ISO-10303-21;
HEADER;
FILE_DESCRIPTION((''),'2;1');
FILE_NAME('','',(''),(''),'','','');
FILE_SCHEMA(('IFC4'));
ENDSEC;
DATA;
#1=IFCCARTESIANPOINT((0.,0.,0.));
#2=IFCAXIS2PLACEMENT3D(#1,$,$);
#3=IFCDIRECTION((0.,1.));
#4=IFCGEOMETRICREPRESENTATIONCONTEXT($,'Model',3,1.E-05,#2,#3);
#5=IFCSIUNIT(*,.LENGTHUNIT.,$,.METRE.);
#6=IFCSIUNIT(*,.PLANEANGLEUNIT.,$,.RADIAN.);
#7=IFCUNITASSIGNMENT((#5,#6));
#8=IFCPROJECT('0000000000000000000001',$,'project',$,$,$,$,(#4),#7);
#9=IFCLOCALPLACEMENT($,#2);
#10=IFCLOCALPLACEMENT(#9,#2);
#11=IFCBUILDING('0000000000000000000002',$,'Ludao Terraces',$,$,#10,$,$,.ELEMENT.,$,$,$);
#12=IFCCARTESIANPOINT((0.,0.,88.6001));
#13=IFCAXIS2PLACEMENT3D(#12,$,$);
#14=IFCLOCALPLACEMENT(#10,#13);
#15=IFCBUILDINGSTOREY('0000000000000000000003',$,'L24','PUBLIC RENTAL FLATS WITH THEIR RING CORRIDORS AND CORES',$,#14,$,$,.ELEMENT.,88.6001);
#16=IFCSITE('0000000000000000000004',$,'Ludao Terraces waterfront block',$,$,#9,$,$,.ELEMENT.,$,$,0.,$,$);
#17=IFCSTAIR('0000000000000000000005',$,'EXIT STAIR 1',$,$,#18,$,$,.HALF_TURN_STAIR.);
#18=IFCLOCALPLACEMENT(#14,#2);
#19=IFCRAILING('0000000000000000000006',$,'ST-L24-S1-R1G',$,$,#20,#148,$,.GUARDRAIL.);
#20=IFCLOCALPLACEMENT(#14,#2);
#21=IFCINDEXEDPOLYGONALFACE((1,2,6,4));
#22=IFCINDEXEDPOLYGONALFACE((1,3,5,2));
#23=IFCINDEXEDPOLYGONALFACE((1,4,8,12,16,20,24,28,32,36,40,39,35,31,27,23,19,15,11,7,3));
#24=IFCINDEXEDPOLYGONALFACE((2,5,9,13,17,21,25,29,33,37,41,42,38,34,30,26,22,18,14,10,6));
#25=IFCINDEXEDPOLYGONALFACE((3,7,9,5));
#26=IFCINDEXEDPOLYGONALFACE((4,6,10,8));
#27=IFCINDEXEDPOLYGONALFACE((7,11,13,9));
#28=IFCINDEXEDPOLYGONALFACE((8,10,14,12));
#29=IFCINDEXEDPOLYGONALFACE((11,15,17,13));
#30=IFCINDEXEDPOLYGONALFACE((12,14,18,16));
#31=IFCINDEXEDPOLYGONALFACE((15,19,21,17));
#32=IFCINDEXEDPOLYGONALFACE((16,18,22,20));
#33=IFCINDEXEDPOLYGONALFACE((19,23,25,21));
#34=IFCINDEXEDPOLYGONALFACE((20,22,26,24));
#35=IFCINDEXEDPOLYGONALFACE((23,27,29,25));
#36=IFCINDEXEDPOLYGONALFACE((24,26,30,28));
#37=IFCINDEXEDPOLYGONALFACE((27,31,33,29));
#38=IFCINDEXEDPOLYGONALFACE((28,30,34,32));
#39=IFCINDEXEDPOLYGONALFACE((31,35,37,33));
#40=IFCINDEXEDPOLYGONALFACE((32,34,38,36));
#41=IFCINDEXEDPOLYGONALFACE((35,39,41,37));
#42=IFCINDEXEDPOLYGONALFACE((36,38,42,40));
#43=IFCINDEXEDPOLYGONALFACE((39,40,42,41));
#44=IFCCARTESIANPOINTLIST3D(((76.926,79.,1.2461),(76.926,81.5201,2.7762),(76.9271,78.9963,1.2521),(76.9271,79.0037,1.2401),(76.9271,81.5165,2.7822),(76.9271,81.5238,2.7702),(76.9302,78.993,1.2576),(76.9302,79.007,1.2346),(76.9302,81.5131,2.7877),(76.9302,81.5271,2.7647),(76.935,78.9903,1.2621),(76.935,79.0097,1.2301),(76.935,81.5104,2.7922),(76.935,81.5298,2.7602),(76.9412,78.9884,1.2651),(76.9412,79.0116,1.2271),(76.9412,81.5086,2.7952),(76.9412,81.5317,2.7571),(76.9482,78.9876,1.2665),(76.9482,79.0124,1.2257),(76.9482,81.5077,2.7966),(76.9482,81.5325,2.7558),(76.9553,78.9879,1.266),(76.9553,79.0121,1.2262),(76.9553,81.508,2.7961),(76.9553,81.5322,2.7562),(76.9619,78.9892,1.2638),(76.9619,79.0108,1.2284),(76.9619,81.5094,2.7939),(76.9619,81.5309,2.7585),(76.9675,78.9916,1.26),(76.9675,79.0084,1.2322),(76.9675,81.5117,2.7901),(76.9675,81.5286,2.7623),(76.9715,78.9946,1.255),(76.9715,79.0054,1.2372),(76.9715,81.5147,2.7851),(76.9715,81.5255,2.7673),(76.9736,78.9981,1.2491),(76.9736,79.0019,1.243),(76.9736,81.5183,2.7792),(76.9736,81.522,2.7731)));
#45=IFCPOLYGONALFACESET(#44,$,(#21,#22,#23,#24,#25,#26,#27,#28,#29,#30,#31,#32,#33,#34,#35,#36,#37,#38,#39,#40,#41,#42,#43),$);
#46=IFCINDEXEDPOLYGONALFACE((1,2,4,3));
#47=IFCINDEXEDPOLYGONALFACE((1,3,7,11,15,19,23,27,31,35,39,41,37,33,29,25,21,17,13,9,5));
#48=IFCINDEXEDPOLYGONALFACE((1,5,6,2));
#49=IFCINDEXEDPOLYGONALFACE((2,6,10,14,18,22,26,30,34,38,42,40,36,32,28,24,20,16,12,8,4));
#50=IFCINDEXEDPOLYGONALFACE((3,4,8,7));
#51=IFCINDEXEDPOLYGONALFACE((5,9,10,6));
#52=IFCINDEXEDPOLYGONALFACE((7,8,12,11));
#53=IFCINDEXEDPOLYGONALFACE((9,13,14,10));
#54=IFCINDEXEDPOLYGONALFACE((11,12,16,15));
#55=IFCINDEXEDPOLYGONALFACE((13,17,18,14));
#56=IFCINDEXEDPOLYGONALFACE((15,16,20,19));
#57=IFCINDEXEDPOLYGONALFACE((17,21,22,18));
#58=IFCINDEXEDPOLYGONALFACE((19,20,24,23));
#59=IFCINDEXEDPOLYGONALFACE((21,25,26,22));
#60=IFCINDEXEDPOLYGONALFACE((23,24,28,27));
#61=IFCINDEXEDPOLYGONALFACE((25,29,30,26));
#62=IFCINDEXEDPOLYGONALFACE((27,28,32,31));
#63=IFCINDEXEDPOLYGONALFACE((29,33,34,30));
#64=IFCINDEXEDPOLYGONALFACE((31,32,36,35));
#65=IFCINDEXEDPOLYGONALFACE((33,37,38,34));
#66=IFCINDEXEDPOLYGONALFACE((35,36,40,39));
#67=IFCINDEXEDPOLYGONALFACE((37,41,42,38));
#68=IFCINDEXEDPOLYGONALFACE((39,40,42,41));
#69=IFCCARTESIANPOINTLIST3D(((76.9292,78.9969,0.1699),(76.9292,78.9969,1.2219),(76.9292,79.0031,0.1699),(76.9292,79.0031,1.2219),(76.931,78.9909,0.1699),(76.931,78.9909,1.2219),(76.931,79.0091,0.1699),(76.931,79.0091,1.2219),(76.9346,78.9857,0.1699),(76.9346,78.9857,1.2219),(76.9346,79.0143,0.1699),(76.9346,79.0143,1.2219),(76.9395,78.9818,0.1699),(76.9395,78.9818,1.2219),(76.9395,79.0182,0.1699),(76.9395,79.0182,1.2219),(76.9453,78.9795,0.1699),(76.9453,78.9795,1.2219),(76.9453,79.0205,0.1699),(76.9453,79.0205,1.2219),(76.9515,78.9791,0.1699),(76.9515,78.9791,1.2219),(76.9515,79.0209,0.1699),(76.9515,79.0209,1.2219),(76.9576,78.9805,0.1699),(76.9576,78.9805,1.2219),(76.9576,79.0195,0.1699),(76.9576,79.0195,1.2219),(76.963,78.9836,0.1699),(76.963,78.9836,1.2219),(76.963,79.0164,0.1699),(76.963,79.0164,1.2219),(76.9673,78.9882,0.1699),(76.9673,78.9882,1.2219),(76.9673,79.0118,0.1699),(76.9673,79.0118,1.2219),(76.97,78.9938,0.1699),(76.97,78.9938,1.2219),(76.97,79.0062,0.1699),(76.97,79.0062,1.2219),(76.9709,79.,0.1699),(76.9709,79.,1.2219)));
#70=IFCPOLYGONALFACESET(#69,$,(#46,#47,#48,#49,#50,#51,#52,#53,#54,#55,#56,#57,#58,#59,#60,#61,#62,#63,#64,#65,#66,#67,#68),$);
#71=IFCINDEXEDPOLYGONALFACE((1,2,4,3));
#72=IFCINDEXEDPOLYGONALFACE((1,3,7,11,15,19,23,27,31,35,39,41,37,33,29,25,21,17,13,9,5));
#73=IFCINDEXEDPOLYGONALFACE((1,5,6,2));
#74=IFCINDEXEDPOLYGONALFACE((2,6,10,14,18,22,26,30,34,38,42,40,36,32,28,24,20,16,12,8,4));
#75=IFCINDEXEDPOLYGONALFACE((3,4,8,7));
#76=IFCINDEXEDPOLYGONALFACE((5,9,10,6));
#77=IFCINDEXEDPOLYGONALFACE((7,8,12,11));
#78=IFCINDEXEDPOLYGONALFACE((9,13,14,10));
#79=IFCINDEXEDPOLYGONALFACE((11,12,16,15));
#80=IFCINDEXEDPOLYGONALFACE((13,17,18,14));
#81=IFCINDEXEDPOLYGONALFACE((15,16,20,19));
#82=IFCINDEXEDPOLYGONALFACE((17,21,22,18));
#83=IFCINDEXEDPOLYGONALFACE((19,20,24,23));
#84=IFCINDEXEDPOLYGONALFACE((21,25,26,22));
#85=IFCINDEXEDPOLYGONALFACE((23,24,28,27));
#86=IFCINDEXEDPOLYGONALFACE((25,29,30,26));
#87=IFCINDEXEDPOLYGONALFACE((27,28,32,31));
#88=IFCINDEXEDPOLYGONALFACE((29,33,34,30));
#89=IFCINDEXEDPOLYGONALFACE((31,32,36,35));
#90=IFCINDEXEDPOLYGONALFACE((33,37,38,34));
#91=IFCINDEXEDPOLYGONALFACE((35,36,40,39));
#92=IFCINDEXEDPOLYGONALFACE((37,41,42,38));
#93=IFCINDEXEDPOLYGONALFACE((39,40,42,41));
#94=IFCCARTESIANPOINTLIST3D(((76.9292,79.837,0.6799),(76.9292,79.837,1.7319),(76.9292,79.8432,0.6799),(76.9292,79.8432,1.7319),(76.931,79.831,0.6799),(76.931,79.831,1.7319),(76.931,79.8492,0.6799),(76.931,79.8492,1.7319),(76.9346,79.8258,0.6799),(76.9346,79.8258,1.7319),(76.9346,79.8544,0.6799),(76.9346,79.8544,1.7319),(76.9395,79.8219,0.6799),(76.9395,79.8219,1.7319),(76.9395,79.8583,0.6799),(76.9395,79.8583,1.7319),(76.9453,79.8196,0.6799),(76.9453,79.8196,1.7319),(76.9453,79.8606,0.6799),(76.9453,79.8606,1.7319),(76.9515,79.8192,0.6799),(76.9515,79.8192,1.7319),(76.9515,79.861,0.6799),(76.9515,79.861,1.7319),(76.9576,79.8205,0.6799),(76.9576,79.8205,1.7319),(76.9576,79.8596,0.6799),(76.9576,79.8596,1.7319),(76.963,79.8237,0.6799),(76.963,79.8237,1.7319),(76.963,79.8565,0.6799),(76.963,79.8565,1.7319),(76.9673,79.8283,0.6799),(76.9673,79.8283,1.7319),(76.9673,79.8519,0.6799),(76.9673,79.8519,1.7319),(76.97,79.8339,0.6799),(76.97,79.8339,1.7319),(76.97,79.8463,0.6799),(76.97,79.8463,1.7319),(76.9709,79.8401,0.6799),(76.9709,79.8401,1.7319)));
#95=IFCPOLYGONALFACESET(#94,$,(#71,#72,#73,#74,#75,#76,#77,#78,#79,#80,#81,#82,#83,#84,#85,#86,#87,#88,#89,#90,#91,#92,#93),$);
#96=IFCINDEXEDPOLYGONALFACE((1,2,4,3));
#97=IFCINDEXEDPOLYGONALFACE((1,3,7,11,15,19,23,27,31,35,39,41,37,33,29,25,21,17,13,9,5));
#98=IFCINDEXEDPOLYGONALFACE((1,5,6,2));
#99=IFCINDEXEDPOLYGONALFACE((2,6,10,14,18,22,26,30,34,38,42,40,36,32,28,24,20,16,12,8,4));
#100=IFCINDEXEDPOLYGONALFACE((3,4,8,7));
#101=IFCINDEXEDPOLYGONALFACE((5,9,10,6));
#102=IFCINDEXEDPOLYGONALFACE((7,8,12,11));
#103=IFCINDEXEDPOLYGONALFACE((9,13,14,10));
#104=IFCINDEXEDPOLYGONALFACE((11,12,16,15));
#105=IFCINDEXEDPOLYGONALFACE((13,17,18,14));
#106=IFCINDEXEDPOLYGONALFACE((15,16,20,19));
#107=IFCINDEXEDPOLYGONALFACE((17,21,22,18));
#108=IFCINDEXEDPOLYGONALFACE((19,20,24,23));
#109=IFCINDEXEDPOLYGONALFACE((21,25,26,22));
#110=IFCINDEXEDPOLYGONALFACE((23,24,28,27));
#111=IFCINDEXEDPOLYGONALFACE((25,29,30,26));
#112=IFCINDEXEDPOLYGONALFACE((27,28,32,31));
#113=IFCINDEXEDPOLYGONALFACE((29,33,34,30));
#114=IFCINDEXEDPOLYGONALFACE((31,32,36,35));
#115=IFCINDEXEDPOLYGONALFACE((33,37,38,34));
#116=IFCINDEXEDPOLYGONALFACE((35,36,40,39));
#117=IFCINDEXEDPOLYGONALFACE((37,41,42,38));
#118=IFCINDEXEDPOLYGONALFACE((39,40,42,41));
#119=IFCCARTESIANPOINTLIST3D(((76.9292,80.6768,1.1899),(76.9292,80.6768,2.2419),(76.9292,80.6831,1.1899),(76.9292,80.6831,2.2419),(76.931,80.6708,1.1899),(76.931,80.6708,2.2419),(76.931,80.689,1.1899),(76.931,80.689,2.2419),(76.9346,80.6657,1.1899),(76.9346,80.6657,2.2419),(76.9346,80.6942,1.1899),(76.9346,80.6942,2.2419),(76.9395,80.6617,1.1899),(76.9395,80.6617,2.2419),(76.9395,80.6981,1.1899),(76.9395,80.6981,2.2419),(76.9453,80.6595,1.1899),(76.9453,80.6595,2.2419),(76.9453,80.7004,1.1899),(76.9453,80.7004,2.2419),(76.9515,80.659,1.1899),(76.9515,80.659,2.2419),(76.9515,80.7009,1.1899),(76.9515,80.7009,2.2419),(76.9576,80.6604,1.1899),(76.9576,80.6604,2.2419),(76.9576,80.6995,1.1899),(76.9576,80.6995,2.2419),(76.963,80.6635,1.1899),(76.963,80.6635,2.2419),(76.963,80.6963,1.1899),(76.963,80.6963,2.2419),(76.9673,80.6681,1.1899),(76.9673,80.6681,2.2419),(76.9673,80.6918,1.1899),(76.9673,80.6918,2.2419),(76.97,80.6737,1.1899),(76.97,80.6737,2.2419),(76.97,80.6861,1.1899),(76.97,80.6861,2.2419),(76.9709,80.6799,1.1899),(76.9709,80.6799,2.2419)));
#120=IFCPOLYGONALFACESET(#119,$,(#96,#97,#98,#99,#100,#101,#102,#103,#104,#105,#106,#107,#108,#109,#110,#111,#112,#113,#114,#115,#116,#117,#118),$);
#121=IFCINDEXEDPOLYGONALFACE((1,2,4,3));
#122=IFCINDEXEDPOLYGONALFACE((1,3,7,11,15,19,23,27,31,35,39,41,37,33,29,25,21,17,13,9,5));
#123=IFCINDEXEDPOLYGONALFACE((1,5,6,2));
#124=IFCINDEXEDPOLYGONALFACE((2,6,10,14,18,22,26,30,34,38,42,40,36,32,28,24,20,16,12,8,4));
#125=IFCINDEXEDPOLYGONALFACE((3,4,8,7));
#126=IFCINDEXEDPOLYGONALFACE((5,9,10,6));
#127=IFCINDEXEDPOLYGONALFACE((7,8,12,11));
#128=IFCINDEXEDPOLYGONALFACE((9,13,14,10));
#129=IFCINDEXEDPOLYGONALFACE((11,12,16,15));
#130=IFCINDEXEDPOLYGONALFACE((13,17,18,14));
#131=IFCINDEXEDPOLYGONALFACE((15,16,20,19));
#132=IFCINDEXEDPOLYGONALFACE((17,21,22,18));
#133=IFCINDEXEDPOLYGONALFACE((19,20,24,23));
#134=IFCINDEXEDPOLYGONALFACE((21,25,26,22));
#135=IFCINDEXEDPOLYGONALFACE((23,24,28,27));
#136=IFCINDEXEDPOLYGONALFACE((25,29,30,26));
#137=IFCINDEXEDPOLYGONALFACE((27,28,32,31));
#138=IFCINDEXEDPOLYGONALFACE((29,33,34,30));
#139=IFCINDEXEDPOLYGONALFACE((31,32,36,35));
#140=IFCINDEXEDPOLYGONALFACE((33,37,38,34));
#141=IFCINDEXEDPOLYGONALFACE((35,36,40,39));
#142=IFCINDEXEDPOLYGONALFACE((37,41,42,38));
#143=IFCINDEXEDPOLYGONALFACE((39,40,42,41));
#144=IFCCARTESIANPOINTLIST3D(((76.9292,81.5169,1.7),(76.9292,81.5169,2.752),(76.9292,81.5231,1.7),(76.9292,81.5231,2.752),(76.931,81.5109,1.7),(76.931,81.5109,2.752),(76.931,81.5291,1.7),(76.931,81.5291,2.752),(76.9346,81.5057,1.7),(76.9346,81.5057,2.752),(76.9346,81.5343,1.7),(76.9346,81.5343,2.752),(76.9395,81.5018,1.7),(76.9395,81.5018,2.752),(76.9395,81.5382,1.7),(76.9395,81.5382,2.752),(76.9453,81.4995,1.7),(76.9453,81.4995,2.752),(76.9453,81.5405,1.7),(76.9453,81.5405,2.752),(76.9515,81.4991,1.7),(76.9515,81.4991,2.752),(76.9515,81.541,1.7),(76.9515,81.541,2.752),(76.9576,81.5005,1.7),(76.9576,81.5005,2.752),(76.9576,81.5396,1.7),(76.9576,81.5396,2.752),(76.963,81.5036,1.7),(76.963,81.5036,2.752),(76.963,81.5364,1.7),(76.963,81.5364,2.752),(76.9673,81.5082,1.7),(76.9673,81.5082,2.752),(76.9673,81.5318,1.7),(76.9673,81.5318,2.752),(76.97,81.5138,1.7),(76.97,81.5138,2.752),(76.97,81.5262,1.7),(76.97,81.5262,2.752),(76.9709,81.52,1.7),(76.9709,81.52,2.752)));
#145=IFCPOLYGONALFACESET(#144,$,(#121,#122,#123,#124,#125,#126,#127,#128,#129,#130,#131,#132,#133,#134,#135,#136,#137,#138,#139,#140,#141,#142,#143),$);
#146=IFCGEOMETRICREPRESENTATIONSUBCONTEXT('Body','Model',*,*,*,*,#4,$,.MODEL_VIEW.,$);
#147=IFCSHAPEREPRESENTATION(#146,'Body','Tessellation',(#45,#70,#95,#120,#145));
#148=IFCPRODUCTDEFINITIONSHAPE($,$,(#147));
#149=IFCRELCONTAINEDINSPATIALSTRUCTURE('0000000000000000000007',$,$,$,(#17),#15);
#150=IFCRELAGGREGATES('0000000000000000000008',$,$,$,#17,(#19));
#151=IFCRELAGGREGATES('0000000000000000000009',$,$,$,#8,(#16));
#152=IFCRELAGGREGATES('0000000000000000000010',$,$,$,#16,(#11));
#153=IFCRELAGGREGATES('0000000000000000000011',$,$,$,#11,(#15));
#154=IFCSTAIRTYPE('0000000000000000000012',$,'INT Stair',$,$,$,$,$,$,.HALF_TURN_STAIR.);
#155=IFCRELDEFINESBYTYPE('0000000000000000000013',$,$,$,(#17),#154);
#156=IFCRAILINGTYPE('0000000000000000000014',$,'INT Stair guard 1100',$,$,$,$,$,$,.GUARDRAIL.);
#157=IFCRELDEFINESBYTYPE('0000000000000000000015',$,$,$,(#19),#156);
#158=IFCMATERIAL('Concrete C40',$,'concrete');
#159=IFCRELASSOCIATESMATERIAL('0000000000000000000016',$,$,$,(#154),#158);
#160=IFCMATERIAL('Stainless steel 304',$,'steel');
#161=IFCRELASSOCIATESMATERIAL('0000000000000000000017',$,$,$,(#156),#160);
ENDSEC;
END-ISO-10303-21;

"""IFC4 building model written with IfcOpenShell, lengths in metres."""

from ifc_helpers import new_model, si_unit, direction, frame, origin, origin_2d, place, context, subcontext, project, spatial, circle, extrude, material, type_object, element, aggregate, save


model = new_model("IFC4")

# Units and contexts
model_context = context("Model", 3, precision=1e-05, world=origin(), true_north=direction((0.0, 1.0)))
body_context = subcontext(model_context, "Body", "Model", "MODEL_VIEW")
ifc_project = project(units=[si_unit("LENGTHUNIT", "METRE"), si_unit("PLANEANGLEUNIT", "RADIAN")], contexts=[model_context])

# Site, building, storey
site_placement = place(None, origin())
site = spatial("IfcSite", under=ifc_project, at=site_placement, Name="Ludao Terraces waterfront block", CompositionType="ELEMENT", RefElevation=0.0)
building_placement = place(site_placement, origin())
building = spatial("IfcBuilding", under=site, at=building_placement, Name="Ludao Terraces", CompositionType="ELEMENT")
storey_placement = place(building_placement, frame((0.0, 0.0, 88.6001)))
storey = spatial("IfcBuildingStorey", under=building, at=storey_placement, Name="L24", Description="PUBLIC RENTAL FLATS WITH THEIR RING CORRIDORS AND CORES", CompositionType="ELEMENT", Elevation=88.6001)

# Shared definitions
ifc_material_1 = material(Name="Stainless steel 304", Category="steel")

# Stair, railing
ifc_material_2 = material(Name="Concrete C40", Category="concrete")
stair_type = type_object("IfcStairType", Name="INT Stair", PredefinedType="HALF_TURN_STAIR", material=ifc_material_2)
stair_placement = place(storey_placement, origin())
stair = element("IfcStair", 1, at=stair_placement, inside=storey, type_object=stair_type, Name="EXIT STAIR 1", PredefinedType="HALF_TURN_STAIR")
railing_type_1 = type_object("IfcRailingType", Name="INT Stair guard 1100", PredefinedType="GUARDRAIL", material=ifc_material_1)
railing_1_placement = place(storey_placement, frame((76.95, 79.0, 0.1699)))
railing_1 = element("IfcRailing", 2, at=railing_1_placement, type_object=railing_type_1, Name="ST-L24-S1-R1G", PredefinedType="GUARDRAIL", context=body_context, shape_type="SweptSolid", body=[
    extrude(circle(Radius=0.0239, at=origin_2d()), frame((0.0, 0.0, 1.0762), z_axis=(0.0, 0.854785, 0.518982), x_axis=(-1.0, 0.0, 0.0)), (0.0, 0.0, 1.0), 2.9482),
    extrude(circle(Radius=0.021, at=origin_2d()), origin(), (0.0, 0.0, 1.0), 1.052),
    extrude(circle(Radius=0.021, at=origin_2d()), frame((0.0, 0.8401, 0.51)), (0.0, 0.0, 1.0), 1.052),
    extrude(circle(Radius=0.021, at=origin_2d()), frame((0.0, 1.6799, 1.02)), (0.0, 0.0, 1.0), 1.052),
    extrude(circle(Radius=0.021, at=origin_2d()), frame((0.0, 2.52, 1.53)), (0.0, 0.0, 1.0), 1.052),
])
aggregate(stair, [railing_1])

save(model, "model.ifc")
